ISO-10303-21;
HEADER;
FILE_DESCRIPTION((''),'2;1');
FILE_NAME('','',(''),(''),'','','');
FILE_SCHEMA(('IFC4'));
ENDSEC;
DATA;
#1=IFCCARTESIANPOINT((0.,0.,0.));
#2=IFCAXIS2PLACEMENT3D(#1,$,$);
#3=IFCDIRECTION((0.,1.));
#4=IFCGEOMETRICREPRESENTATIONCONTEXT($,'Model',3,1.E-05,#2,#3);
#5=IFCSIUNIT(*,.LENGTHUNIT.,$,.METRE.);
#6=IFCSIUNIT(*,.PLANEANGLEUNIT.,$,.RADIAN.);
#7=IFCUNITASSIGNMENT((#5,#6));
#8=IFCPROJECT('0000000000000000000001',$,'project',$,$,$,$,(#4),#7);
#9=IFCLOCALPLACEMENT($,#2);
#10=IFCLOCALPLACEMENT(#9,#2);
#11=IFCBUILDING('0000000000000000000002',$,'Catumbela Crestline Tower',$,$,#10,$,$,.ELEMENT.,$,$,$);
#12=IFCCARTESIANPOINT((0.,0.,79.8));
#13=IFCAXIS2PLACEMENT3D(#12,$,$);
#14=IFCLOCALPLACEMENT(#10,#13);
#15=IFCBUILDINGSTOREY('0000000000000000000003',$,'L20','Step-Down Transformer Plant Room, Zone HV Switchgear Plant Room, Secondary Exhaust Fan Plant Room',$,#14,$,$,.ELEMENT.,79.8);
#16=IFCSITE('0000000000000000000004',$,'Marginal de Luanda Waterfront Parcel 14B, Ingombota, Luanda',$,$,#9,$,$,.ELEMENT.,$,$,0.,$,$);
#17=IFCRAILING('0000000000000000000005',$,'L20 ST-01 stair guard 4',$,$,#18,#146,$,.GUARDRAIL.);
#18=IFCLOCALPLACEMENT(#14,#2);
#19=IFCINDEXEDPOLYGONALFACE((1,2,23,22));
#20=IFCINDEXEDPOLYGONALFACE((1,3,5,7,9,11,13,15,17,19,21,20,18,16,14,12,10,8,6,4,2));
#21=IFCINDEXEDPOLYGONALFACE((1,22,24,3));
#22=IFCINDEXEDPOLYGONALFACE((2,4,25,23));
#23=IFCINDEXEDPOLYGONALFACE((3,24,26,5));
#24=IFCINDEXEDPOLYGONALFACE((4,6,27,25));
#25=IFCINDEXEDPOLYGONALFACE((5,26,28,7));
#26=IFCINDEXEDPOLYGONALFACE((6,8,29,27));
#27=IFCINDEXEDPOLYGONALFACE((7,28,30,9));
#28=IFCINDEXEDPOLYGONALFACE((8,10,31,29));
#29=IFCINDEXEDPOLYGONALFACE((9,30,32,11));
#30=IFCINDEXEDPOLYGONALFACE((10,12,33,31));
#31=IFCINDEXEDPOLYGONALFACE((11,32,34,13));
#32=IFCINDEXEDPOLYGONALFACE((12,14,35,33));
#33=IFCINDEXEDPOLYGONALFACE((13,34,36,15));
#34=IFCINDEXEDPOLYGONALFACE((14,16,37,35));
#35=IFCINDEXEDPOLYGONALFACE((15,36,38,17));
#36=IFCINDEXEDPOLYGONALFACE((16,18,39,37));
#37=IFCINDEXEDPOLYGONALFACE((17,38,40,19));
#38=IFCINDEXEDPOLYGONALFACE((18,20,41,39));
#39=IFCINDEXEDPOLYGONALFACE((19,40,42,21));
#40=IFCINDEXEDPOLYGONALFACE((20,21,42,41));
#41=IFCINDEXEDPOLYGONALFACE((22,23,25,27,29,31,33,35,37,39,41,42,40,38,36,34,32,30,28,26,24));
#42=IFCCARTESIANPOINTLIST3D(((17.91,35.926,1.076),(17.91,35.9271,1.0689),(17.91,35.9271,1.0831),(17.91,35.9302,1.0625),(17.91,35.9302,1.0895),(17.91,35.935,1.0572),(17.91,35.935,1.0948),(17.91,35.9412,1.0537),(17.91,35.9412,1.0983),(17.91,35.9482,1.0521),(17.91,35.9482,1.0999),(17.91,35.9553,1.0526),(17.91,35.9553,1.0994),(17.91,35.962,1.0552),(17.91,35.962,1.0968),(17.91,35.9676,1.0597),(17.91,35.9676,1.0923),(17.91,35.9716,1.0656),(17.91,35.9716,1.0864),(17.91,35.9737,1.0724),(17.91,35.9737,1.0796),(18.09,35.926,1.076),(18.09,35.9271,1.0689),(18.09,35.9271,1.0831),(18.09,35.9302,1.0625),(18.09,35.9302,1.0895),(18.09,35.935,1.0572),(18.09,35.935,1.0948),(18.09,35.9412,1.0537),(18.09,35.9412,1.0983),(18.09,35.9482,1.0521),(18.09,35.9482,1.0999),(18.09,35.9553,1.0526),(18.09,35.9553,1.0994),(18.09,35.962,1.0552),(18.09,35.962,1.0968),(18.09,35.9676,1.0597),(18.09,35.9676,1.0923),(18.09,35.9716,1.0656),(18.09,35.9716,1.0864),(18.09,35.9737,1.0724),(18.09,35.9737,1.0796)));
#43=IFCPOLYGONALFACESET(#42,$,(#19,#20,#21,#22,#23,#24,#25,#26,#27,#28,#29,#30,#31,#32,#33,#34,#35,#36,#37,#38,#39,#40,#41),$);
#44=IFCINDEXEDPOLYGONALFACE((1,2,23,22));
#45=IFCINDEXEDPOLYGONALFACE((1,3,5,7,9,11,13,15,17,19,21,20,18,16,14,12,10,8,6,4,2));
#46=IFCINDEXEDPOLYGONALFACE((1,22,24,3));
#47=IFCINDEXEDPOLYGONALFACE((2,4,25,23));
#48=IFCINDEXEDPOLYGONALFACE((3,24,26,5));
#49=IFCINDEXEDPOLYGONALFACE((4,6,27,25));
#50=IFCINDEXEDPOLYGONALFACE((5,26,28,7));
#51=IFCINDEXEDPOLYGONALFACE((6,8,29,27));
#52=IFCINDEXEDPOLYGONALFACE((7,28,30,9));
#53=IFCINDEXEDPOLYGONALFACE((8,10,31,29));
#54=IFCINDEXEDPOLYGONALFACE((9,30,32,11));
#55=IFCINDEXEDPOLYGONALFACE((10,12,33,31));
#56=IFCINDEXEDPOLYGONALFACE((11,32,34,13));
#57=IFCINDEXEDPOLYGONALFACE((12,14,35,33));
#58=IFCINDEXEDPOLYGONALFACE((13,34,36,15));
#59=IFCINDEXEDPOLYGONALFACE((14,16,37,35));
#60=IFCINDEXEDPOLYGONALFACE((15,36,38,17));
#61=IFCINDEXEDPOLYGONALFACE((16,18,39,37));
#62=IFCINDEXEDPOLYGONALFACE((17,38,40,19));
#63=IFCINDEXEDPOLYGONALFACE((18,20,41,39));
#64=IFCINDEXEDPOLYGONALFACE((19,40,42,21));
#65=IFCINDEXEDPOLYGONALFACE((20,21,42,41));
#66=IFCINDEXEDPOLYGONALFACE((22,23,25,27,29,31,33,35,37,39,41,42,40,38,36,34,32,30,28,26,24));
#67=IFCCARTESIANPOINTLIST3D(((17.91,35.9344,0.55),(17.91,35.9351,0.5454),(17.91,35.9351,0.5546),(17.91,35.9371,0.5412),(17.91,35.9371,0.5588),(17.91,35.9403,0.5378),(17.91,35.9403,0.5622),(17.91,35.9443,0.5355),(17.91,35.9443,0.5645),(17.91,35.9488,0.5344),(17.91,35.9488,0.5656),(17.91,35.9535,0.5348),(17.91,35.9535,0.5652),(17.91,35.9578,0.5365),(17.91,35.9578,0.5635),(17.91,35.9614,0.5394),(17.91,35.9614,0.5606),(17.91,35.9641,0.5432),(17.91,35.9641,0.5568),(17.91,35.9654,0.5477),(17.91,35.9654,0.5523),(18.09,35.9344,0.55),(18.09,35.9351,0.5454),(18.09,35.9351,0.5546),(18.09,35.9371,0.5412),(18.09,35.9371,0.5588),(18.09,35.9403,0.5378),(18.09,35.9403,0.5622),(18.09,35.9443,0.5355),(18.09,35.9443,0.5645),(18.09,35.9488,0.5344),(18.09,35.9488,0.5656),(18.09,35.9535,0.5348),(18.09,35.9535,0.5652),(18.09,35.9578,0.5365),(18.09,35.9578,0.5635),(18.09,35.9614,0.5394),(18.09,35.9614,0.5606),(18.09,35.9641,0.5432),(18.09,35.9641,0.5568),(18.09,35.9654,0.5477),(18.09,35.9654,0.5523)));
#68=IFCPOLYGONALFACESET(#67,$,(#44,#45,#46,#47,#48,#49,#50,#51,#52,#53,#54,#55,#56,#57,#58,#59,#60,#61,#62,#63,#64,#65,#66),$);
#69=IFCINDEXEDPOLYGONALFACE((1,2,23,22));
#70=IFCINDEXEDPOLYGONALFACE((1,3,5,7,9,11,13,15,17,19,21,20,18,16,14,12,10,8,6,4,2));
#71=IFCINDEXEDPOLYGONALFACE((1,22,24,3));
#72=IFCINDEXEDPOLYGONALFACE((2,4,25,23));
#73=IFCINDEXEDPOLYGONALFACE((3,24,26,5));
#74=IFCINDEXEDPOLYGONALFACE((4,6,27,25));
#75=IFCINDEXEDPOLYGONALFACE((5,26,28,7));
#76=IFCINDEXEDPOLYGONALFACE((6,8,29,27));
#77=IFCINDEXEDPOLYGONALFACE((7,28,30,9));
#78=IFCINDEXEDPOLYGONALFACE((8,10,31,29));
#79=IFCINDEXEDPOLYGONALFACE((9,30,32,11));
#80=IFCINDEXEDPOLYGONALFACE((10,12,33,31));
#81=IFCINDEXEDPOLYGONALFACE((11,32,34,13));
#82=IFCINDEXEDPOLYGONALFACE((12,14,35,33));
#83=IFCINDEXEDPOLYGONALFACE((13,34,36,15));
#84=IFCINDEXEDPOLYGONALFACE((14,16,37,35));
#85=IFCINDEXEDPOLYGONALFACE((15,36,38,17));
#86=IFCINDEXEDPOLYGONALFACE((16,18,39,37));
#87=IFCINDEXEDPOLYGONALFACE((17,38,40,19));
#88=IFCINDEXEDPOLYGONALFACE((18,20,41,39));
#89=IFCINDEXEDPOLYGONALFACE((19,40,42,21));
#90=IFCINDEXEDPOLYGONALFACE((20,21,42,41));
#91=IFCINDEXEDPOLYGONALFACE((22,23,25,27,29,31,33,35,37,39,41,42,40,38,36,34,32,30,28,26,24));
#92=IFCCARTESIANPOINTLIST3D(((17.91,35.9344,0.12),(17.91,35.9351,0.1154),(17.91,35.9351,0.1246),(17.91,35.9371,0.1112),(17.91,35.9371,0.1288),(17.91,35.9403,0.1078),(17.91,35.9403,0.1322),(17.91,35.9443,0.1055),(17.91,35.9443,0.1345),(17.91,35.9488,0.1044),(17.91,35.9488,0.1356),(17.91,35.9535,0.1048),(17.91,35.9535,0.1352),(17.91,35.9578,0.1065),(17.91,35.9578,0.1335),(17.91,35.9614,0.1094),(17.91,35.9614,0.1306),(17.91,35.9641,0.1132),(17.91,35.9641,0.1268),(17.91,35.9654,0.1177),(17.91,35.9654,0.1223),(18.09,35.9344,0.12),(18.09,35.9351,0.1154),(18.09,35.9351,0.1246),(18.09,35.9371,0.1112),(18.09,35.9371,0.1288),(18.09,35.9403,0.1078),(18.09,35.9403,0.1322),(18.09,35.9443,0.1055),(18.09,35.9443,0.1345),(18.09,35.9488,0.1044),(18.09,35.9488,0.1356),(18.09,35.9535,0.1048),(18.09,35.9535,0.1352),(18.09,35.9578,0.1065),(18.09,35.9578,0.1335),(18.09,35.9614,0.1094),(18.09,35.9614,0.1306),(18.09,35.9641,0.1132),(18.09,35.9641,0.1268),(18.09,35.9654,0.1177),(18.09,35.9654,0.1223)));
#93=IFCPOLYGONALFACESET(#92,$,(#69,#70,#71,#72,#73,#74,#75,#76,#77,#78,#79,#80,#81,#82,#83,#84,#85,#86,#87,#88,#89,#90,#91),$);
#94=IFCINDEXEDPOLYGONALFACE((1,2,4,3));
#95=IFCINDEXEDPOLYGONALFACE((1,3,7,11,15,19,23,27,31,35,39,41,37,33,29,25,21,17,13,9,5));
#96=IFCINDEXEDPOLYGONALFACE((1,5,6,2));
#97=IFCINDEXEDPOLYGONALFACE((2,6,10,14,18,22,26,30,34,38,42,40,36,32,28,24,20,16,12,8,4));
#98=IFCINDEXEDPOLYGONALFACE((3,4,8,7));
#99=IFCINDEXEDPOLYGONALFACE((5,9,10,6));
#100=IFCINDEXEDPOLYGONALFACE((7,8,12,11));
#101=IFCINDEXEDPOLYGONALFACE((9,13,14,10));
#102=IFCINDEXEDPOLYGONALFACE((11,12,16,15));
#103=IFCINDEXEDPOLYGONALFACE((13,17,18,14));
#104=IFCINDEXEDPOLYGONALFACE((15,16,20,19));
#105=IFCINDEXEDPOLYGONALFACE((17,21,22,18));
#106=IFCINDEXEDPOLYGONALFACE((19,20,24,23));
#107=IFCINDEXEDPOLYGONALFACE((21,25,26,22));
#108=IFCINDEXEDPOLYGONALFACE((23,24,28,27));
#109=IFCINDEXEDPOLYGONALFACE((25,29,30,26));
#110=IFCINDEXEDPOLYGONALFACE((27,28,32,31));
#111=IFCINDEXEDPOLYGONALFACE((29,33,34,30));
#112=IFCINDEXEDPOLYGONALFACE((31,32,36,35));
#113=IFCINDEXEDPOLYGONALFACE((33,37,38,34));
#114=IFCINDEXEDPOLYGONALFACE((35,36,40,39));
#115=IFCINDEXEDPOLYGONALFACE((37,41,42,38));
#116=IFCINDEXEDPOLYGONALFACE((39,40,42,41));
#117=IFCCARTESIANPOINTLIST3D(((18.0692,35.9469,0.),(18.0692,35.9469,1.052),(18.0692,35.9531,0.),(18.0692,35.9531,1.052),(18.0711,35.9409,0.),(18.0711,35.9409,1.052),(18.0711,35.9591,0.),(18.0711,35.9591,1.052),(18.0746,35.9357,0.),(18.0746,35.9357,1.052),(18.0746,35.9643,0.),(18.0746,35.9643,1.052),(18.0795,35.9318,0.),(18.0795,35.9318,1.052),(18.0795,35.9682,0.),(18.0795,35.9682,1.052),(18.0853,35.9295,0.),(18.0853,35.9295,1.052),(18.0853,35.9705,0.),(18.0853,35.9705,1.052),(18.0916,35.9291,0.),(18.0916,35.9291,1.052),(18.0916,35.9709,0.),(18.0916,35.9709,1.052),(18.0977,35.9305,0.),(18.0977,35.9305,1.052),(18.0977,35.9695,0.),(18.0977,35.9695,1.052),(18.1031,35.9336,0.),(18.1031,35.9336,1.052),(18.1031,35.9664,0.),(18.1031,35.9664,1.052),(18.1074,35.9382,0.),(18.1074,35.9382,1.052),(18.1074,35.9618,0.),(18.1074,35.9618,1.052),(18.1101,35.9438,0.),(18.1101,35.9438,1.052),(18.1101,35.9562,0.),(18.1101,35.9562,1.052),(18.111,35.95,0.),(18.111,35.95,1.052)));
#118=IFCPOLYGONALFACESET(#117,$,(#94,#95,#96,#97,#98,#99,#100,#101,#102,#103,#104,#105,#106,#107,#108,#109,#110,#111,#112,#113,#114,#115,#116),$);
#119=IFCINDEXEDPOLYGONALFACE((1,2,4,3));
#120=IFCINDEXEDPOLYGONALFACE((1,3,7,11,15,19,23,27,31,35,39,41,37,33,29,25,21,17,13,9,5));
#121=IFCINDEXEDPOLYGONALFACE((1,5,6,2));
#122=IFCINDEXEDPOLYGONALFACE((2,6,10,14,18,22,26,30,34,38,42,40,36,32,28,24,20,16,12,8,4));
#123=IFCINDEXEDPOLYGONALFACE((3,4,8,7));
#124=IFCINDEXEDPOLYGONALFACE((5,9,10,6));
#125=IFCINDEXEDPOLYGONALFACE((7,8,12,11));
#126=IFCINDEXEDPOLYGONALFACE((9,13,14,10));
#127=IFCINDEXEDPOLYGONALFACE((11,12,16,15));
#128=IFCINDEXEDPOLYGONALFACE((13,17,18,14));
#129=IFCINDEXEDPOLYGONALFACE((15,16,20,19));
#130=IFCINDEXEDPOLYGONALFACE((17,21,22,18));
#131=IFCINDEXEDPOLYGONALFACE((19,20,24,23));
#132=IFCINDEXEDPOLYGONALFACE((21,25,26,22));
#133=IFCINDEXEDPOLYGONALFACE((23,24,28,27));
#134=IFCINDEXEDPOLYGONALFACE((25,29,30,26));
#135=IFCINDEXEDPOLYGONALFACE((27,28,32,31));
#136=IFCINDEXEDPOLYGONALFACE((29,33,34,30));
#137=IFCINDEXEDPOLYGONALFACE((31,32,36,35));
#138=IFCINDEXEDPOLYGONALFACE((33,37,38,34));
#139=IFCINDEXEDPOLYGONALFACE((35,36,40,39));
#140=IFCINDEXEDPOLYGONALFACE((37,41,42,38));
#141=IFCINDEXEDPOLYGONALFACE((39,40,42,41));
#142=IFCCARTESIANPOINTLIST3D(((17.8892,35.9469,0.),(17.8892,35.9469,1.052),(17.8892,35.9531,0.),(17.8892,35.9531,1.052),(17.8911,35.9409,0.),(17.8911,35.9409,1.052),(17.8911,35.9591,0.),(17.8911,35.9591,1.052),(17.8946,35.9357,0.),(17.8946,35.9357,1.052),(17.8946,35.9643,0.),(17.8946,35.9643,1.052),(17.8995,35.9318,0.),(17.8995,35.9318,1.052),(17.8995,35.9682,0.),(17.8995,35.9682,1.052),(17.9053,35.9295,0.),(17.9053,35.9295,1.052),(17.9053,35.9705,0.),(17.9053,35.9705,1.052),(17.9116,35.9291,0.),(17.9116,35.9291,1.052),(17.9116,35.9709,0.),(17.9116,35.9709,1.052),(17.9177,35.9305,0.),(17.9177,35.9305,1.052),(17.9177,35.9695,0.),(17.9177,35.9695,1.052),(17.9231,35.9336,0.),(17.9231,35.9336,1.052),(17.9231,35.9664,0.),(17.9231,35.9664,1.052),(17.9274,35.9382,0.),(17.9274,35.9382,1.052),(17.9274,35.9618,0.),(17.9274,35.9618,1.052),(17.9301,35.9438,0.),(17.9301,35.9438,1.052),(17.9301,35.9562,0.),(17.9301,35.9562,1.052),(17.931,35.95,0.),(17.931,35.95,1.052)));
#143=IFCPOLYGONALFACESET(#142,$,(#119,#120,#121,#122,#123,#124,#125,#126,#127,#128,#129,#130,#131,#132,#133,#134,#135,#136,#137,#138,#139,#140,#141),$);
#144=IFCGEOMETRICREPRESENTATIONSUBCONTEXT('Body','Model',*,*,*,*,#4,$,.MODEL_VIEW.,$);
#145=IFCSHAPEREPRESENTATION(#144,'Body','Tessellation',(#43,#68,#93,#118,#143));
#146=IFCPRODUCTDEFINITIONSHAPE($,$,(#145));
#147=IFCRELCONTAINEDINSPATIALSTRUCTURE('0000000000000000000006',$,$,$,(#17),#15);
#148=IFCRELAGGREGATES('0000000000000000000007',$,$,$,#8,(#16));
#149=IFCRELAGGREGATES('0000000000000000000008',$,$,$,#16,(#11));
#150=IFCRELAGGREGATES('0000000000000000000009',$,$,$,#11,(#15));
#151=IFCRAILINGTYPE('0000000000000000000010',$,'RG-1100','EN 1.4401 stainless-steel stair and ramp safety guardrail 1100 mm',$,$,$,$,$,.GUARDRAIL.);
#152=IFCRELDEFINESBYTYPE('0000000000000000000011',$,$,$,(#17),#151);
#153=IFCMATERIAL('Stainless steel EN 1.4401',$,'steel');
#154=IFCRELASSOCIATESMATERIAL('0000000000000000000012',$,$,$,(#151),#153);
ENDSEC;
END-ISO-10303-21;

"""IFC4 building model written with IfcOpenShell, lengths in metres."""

from ifc_helpers import new_model, si_unit, direction, frame, origin, origin_2d, place, context, subcontext, project, spatial, circle, extrude, material, type_object, element, save


model = new_model("IFC4")

# Units and contexts
model_context = context("Model", 3, precision=1e-05, world=origin(), true_north=direction((0.0, 1.0)))
body_context = subcontext(model_context, "Body", "Model", "MODEL_VIEW")
ifc_project = project(units=[si_unit("LENGTHUNIT", "METRE"), si_unit("PLANEANGLEUNIT", "RADIAN")], contexts=[model_context])

# Site, building, storey
site_placement = place(None, origin())
site = spatial("IfcSite", under=ifc_project, at=site_placement, Name="Marginal de Luanda Waterfront Parcel 14B, Ingombota, Luanda", CompositionType="ELEMENT", RefElevation=0.0)
building_placement = place(site_placement, origin())
building = spatial("IfcBuilding", under=site, at=building_placement, Name="Catumbela Crestline Tower", CompositionType="ELEMENT")
storey_placement = place(building_placement, frame((0.0, 0.0, 79.8)))
storey = spatial("IfcBuildingStorey", under=building, at=storey_placement, Name="L20", Description="Step-Down Transformer Plant Room, Zone HV Switchgear Plant Room, Secondary Exhaust Fan Plant Room", CompositionType="ELEMENT", Elevation=79.8)

# Shared definitions
ifc_material_1 = material(Name="Stainless steel EN 1.4401", Category="steel")

# Railing
railing_type_1 = type_object("IfcRailingType", Name="RG-1100", Description="EN 1.4401 stainless-steel stair and ramp safety guardrail 1100 mm", PredefinedType="GUARDRAIL", material=ifc_material_1)
railing_1_placement = place(storey_placement, frame((18.09, 35.95, 0.0)))
element("IfcRailing", 1, at=railing_1_placement, inside=storey, type_object=railing_type_1, Name="L20 ST-01 stair guard 4", PredefinedType="GUARDRAIL", context=body_context, shape_type="SweptSolid", body=[
    extrude(circle(Radius=0.024, at=origin_2d()), frame((0.0, 0.0, 1.076), z_axis=(-1.0, 0.0, 0.0), x_axis=(0.0, -1.0, 0.0)), (0.0, 0.0, 1.0), 0.18),
    extrude(circle(Radius=0.0156, at=origin_2d()), frame((0.0, 0.0, 0.55), z_axis=(-1.0, 0.0, 0.0), x_axis=(0.0, -1.0, 0.0)), (0.0, 0.0, 1.0), 0.18),
    extrude(circle(Radius=0.0156, at=origin_2d()), frame((0.0, 0.0, 0.12), z_axis=(-1.0, 0.0, 0.0), x_axis=(0.0, -1.0, 0.0)), (0.0, 0.0, 1.0), 0.18),
    extrude(circle(Radius=0.021, at=origin_2d()), origin(), (0.0, 0.0, 1.0), 1.052),
    extrude(circle(Radius=0.021, at=origin_2d()), frame((-0.18, 0.0, 0.0)), (0.0, 0.0, 1.0), 1.052),
])

save(model, "model.ifc")
